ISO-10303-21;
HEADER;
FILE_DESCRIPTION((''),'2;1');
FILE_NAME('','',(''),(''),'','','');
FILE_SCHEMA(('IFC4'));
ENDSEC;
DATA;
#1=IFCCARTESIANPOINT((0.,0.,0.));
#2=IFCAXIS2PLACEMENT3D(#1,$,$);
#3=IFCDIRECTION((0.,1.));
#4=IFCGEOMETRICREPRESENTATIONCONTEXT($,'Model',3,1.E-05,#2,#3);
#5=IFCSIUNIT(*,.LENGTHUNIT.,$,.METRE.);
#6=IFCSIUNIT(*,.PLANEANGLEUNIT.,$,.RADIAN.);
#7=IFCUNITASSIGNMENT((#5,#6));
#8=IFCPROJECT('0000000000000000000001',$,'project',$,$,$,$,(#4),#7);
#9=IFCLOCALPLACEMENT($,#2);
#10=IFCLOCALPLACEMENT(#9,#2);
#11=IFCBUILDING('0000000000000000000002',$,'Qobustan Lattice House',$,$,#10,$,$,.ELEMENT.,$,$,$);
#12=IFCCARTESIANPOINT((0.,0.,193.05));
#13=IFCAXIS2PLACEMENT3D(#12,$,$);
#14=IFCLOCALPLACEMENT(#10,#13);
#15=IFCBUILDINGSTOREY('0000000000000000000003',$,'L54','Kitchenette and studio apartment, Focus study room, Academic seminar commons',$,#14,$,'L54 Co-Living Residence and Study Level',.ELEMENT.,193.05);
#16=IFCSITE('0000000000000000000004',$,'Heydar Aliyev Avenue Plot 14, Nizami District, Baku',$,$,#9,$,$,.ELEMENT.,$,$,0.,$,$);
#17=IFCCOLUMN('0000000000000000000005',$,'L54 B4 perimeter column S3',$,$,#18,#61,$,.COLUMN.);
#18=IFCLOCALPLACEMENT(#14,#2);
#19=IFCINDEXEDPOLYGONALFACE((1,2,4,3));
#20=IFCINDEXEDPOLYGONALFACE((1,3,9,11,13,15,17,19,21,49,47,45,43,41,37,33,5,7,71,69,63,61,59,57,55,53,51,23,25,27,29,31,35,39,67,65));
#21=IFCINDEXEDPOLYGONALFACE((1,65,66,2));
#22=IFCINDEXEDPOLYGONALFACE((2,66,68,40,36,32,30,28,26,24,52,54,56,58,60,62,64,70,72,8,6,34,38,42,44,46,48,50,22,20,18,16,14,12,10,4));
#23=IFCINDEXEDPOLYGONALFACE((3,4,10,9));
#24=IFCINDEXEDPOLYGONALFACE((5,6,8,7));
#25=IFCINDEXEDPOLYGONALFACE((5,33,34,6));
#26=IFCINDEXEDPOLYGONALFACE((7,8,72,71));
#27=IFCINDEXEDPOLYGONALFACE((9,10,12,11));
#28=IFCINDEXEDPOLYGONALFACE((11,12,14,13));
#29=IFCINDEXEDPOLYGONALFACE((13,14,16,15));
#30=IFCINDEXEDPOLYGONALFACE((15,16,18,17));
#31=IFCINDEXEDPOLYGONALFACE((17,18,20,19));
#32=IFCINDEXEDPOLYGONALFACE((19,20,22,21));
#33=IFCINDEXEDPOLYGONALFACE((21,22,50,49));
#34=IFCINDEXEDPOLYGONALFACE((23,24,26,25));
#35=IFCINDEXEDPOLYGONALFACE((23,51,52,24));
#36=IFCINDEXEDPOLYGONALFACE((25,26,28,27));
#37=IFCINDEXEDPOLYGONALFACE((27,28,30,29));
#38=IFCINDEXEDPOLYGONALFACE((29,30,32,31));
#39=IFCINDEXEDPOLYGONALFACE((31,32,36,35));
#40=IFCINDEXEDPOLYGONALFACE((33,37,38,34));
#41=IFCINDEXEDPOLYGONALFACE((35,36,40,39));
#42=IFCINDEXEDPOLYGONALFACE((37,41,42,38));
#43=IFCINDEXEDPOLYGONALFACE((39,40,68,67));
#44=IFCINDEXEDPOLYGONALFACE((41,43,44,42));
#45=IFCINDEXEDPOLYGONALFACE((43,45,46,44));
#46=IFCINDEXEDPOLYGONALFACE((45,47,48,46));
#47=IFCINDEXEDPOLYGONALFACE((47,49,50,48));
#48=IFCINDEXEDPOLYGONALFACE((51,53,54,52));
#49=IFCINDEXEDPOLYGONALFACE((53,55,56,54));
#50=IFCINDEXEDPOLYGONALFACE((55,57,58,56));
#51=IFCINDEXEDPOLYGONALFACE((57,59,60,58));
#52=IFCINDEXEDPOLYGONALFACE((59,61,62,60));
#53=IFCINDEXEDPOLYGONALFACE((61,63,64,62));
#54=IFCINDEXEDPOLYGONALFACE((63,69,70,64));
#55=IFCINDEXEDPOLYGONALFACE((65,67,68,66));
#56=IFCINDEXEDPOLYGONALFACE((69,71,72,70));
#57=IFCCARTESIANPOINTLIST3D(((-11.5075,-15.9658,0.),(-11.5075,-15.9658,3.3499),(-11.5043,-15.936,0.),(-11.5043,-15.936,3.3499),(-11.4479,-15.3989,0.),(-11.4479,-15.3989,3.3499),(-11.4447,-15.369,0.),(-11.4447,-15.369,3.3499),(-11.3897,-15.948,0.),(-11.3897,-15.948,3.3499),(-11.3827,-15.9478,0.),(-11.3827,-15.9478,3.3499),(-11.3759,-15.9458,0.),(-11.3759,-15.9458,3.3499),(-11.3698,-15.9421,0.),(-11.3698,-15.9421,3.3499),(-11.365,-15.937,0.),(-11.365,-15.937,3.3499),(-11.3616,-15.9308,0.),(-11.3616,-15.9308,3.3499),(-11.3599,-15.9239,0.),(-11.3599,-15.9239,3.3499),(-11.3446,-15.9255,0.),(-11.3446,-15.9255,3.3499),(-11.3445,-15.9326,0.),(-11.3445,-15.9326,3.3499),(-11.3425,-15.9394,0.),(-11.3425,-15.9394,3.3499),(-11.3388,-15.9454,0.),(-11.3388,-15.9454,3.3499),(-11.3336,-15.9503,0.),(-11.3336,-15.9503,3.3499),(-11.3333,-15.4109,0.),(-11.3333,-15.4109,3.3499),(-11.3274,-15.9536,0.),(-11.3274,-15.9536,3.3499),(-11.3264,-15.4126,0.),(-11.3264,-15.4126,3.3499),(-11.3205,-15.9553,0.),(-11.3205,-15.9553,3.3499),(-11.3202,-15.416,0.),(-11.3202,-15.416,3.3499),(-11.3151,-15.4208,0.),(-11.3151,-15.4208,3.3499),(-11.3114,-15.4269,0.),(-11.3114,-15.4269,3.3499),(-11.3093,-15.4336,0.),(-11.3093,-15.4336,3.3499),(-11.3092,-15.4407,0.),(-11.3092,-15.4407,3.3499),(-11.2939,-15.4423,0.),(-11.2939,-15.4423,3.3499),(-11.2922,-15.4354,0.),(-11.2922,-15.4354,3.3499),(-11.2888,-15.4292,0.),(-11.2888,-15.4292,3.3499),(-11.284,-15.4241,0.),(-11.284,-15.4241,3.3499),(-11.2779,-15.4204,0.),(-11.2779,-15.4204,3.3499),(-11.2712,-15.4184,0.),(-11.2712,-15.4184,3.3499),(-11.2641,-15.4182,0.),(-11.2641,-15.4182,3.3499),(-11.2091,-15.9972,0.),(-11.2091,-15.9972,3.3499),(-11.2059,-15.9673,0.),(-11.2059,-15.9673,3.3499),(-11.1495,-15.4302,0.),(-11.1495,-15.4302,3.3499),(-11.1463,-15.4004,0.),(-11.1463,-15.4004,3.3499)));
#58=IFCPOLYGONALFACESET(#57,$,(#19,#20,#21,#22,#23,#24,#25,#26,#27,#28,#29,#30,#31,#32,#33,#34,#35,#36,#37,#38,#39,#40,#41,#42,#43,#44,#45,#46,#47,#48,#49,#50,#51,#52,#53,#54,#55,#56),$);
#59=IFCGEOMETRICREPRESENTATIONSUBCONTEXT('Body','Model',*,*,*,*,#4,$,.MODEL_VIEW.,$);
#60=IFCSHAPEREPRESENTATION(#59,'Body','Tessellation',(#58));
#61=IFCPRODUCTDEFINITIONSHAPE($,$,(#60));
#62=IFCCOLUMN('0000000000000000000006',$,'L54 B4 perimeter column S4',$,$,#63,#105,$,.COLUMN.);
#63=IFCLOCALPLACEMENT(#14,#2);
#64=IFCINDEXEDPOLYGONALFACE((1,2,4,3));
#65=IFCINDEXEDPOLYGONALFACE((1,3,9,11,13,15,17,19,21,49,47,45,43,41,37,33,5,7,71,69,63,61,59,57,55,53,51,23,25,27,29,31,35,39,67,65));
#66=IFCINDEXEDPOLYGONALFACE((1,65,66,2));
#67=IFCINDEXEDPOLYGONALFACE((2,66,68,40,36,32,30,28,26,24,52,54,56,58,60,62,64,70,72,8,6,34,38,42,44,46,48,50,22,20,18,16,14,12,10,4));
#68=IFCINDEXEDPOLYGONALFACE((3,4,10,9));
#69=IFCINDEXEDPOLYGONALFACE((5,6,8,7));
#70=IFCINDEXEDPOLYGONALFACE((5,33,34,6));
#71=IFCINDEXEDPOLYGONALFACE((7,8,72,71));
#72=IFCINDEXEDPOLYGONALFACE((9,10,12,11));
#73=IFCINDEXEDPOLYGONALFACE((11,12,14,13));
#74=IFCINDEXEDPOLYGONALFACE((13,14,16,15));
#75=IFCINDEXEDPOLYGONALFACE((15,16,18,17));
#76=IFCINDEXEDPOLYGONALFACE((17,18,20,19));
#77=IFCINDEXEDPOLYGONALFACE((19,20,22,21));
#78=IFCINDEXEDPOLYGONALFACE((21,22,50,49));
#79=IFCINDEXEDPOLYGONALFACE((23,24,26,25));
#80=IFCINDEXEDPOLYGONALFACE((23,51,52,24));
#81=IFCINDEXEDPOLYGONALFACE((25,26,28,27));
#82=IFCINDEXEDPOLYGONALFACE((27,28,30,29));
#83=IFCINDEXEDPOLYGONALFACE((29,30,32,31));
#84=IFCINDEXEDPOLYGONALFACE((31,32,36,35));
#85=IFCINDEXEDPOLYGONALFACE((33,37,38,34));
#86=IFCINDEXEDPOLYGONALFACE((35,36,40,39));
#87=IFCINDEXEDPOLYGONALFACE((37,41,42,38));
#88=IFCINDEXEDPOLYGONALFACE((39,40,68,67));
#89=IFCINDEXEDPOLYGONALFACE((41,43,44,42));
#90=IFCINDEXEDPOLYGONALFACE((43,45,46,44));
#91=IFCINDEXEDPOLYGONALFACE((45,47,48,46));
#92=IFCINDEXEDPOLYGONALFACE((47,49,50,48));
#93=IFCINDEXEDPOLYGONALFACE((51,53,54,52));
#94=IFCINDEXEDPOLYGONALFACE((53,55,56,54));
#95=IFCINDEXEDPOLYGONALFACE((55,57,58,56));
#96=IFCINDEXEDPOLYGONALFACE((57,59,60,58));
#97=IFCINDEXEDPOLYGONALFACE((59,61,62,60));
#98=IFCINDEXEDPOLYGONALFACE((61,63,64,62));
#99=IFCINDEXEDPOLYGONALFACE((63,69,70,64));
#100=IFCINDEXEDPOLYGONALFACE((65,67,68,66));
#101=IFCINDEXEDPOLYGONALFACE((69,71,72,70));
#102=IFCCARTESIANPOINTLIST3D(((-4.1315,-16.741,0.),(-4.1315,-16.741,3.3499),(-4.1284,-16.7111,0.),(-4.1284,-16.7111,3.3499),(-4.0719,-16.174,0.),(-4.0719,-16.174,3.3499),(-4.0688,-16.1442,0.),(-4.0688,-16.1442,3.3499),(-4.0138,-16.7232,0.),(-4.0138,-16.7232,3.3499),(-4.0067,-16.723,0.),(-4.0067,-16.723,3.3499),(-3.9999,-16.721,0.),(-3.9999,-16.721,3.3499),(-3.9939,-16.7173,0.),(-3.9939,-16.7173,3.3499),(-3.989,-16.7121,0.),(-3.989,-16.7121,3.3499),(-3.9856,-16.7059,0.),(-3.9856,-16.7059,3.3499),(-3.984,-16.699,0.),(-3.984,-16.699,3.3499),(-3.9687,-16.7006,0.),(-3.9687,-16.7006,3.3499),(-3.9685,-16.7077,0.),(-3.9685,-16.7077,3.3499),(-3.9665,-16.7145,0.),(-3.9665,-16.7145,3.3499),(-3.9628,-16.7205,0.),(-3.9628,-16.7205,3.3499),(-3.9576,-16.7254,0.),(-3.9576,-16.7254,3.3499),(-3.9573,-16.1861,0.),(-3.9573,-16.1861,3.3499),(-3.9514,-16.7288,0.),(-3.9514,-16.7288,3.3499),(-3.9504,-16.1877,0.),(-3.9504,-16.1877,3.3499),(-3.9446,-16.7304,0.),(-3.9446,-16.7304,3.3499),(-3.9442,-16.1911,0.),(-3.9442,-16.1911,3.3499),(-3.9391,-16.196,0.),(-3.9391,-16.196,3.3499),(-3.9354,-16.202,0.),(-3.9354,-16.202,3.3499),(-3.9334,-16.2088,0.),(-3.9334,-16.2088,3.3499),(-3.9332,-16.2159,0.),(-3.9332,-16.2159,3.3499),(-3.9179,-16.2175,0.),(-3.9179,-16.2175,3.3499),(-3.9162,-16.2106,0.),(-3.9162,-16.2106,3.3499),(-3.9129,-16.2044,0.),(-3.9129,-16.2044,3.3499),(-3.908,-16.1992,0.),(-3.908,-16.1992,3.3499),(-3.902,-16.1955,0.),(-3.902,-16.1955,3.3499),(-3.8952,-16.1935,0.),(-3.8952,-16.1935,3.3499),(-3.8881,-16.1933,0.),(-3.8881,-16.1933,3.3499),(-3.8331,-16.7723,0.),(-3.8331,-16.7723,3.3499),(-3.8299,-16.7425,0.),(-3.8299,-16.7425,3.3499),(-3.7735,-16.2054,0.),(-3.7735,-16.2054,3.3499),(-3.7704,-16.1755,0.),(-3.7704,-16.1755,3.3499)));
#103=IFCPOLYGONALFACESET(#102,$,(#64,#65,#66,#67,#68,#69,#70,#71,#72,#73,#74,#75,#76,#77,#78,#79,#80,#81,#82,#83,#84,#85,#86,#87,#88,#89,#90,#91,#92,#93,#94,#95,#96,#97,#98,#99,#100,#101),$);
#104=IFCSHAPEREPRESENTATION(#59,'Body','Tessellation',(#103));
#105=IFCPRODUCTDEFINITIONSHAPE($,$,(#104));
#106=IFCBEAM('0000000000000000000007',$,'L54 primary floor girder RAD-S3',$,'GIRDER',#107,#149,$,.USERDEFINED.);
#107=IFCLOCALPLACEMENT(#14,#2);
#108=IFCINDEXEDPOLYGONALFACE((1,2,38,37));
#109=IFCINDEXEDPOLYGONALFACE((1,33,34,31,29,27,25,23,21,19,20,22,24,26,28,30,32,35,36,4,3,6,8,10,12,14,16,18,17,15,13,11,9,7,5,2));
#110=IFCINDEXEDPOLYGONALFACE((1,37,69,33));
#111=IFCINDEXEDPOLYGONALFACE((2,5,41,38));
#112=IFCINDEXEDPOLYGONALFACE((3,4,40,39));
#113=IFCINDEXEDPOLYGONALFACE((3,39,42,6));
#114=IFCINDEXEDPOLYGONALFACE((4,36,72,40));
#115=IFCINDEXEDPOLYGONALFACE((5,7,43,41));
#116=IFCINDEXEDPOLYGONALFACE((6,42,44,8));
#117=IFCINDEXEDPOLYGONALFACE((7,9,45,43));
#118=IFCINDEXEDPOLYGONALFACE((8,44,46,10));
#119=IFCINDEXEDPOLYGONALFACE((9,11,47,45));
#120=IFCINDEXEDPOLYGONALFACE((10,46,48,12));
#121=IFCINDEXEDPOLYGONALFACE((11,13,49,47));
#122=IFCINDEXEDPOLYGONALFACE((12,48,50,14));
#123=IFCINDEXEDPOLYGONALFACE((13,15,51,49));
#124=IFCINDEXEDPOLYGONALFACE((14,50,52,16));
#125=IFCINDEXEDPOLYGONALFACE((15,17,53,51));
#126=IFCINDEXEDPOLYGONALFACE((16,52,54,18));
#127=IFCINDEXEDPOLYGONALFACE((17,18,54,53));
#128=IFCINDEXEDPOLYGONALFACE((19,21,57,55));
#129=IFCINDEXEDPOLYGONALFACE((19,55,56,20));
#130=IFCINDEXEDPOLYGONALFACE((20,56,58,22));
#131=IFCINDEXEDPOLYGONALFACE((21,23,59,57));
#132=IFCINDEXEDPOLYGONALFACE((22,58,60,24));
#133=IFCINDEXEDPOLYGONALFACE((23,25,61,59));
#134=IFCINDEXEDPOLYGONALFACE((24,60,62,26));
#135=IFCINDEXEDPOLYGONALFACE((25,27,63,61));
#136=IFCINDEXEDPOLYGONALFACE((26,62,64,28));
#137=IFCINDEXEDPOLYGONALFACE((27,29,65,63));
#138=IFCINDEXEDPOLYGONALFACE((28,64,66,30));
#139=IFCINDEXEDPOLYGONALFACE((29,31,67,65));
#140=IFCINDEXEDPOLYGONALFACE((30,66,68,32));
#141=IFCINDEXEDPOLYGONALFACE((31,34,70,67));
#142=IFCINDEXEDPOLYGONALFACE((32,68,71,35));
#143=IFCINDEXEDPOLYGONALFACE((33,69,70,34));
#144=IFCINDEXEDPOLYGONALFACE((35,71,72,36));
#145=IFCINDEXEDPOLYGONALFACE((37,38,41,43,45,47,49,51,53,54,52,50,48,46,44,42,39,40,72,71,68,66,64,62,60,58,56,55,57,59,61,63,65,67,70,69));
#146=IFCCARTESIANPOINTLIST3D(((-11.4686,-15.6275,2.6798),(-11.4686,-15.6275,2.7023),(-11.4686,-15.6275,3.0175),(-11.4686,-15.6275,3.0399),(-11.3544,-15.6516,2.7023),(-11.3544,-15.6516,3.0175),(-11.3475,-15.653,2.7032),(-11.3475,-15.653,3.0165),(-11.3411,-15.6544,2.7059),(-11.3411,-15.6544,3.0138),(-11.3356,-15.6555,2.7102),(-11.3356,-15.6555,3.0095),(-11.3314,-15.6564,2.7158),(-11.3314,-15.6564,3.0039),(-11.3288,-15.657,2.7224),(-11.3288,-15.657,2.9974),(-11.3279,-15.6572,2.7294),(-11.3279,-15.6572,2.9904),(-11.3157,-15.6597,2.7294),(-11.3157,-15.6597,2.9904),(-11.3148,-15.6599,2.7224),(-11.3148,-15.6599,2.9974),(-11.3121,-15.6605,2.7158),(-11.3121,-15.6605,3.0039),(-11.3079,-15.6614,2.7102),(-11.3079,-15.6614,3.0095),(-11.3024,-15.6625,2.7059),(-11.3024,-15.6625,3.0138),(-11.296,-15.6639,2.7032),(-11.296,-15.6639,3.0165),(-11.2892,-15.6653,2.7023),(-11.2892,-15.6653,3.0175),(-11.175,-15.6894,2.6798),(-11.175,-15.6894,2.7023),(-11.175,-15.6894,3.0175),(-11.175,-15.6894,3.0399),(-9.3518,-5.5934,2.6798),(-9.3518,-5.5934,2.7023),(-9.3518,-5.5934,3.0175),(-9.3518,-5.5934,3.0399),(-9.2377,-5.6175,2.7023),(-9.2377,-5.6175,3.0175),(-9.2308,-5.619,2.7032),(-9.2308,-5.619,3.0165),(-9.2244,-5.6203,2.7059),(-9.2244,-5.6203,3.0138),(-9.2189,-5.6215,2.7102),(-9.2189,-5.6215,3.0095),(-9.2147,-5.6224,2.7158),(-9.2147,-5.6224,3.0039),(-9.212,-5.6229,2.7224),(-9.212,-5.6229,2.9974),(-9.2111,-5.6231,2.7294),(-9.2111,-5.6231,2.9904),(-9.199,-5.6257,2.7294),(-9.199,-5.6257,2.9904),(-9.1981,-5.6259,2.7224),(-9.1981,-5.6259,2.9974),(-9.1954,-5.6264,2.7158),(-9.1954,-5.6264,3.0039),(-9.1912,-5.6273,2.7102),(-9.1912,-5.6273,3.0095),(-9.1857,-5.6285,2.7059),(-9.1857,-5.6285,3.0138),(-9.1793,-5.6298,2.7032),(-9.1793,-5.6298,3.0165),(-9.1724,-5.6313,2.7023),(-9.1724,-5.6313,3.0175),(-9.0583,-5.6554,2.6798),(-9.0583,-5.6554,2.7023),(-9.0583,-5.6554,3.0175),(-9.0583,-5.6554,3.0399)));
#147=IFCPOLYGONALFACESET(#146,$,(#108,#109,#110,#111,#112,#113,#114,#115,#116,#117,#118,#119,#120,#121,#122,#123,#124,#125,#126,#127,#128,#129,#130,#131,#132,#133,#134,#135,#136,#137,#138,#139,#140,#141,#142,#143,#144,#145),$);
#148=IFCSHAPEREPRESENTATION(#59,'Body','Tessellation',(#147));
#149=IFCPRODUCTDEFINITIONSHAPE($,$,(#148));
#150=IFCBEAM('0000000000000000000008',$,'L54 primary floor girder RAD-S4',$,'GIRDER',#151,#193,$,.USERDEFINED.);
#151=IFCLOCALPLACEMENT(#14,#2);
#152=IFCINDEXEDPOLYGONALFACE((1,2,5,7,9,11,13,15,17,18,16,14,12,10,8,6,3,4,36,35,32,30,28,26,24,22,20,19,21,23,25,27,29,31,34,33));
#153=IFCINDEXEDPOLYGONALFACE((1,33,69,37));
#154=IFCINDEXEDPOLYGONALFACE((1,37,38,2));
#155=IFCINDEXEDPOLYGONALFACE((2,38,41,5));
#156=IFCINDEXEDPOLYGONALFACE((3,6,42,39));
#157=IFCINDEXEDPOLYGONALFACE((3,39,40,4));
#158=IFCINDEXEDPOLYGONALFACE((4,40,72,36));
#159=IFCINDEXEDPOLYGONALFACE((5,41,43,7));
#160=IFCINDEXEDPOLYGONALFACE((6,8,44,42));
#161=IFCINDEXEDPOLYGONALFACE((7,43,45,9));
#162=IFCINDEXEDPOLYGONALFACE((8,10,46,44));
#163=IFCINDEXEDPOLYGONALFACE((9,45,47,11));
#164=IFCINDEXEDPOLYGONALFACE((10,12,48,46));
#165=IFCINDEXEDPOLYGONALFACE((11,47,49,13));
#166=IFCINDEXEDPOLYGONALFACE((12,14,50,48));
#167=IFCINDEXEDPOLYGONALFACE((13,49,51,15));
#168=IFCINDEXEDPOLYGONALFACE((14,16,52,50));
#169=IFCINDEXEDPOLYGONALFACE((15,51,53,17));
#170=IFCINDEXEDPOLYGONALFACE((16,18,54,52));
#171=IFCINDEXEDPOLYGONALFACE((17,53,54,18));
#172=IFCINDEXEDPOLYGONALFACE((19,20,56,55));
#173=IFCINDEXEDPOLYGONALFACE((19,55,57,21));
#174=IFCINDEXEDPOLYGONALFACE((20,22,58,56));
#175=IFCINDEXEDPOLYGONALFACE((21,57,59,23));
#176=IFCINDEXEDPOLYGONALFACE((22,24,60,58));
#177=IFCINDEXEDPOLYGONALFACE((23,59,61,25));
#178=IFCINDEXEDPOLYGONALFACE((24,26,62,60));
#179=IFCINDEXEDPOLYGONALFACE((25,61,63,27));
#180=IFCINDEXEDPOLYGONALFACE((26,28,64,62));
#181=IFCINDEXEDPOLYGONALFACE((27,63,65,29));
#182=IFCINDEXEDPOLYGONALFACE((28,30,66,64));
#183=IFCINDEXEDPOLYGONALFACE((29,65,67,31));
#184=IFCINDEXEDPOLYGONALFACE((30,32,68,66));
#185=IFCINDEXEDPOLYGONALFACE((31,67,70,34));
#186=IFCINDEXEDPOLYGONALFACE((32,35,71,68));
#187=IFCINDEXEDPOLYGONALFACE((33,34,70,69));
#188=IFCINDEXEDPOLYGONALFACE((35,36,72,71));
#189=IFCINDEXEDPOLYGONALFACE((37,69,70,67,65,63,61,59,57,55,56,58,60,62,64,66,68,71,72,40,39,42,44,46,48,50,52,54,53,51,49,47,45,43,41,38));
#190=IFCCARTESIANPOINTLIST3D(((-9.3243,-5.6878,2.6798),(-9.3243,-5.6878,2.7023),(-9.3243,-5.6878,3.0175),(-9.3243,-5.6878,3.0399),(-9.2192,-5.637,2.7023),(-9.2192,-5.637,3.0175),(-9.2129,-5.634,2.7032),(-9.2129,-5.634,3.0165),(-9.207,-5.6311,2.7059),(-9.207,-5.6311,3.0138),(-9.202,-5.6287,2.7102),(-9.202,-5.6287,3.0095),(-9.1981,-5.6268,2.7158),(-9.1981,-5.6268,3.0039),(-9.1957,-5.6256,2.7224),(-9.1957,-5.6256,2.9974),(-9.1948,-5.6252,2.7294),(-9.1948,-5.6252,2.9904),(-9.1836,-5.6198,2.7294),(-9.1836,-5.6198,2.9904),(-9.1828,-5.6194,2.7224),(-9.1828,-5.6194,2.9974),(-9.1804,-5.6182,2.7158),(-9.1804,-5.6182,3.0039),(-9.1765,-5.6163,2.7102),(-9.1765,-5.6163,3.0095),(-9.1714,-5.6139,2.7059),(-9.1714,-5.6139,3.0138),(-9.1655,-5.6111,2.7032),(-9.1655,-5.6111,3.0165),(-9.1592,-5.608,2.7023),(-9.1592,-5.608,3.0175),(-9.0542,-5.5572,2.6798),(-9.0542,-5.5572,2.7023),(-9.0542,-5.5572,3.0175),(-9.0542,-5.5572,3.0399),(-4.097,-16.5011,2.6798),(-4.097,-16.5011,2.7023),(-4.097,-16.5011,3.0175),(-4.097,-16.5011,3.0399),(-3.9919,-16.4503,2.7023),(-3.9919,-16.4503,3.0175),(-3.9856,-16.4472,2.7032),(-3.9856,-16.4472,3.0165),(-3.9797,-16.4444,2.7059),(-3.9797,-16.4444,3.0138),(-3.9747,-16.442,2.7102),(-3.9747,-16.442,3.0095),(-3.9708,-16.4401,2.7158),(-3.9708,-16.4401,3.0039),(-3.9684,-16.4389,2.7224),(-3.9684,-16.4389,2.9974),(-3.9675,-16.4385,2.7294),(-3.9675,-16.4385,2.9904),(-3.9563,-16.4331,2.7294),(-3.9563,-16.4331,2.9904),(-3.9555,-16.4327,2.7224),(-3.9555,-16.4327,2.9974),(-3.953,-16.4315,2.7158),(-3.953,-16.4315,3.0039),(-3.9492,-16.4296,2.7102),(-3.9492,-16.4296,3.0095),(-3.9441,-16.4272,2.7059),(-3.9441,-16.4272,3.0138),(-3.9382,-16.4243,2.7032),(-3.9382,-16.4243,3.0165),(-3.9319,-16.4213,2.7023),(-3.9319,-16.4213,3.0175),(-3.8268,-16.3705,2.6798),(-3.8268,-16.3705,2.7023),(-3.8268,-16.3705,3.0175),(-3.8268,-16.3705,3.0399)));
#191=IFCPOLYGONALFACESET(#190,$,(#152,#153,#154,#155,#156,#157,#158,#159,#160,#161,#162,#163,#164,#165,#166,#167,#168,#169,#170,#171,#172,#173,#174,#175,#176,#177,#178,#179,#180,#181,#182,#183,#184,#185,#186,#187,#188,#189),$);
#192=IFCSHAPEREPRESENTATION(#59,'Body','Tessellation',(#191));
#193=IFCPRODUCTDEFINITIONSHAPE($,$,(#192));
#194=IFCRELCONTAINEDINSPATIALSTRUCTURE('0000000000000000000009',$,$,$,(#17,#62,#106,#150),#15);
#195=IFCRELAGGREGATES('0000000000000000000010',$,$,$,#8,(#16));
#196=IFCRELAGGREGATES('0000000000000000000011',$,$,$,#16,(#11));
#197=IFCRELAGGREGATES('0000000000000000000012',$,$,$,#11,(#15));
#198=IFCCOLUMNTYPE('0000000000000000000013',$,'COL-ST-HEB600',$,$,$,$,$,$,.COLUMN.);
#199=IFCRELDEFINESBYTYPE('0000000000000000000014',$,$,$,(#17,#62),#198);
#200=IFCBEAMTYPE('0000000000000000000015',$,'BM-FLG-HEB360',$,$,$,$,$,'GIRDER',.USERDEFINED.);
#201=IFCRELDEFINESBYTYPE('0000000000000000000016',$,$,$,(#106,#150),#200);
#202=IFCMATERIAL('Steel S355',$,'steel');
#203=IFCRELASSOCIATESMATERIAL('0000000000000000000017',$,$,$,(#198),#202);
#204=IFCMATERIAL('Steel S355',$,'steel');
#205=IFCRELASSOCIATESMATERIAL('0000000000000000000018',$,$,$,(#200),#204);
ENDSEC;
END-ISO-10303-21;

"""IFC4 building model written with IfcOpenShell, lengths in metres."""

from ifc_helpers import new_model, si_unit, direction, frame, origin, origin_2d, place, context, subcontext, project, spatial, i_section, extrude, material, material_profile, profile_set, type_object, element, save


model = new_model("IFC4")

# Units and contexts
model_context = context("Model", 3, precision=1e-05, world=origin(), true_north=direction((0.0, 1.0)))
body_context = subcontext(model_context, "Body", "Model", "MODEL_VIEW")
ifc_project = project(units=[si_unit("LENGTHUNIT", "METRE"), si_unit("PLANEANGLEUNIT", "RADIAN")], contexts=[model_context])

# Site, building, storey
site_placement = place(None, origin())
site = spatial("IfcSite", under=ifc_project, at=site_placement, Name="Heydar Aliyev Avenue Plot 14, Nizami District, Baku", CompositionType="ELEMENT", RefElevation=0.0)
building_placement = place(site_placement, origin())
building = spatial("IfcBuilding", under=site, at=building_placement, Name="Qobustan Lattice House", CompositionType="ELEMENT")
storey_placement = place(building_placement, frame((0.0, 0.0, 193.05)))
storey = spatial("IfcBuildingStorey", under=building, at=storey_placement, Name="L54", Description="Kitchenette and studio apartment, Focus study room, Academic seminar commons", LongName="L54 Co-Living Residence and Study Level", CompositionType="ELEMENT", Elevation=193.05)

# Columns
ifc_material_1 = material(Name="Steel S355", Category="steel")
ifc_material_profile_1 = material_profile(ifc_material_1, i_section(OverallWidth=0.3, OverallDepth=0.6001, WebThickness=0.0154, FlangeThickness=0.03, FilletRadius=0.0271, at=origin_2d()), Name="HEB600")
ifc_profile_set_1 = profile_set([ifc_material_profile_1], Name="Steel S355")
column_type = type_object("IfcColumnType", Name="COL-ST-HEB600", PredefinedType="COLUMN", material=ifc_profile_set_1)
for number, where, z_axis, x_axis, name in (
    (1, (-11.3269, -15.6831, 0.0), (0.0, 0.0, 1.0), (0.994522, -0.104528, 0.0), "L54 B4 perimeter column S3"),
    (2, (-3.9509, -16.4583, 0.0), (0.0, 0.0, 1.0), (0.994522, -0.104528, 0.0), "L54 B4 perimeter column S4"),
):
    element("IfcColumn", number, at=place(storey_placement, frame(where, z_axis=z_axis, x_axis=x_axis)), inside=storey, type_object=column_type, Name=name, PredefinedType="COLUMN", context=body_context, shape_type="SweptSolid", body=[
        extrude(i_section(OverallWidth=0.3, OverallDepth=0.6001, WebThickness=0.0154, FlangeThickness=0.03, FilletRadius=0.0271, at=origin_2d()), origin(), (0.0, 0.0, 1.0), 3.3499),
    ])

# Beams
ifc_material_2 = material(Name="Steel S355", Category="steel")
ifc_material_profile_2 = material_profile(ifc_material_2, i_section(OverallWidth=0.3, OverallDepth=0.3601, WebThickness=0.0125, FlangeThickness=0.0225, FilletRadius=0.0271, at=origin_2d()), Name="HEB360")
ifc_profile_set_2 = profile_set([ifc_material_profile_2], Name="Steel S355")
beam_type_1 = type_object("IfcBeamType", Name="BM-FLG-HEB360", ElementType="GIRDER", PredefinedType="USERDEFINED", material=ifc_profile_set_2)
beam_1_placement = place(storey_placement, frame((-11.3218, -15.6584, 2.8599), z_axis=(0.206411, 0.978465, 0.0), x_axis=(-0.978465, 0.206411, 0.0)))
element("IfcBeam", 3, at=beam_1_placement, inside=storey, type_object=beam_type_1, Name="L54 primary floor girder RAD-S3", ObjectType="GIRDER", PredefinedType="USERDEFINED", context=body_context, shape_type="SweptSolid", body=[
    extrude(i_section(OverallWidth=0.3, OverallDepth=0.3601, WebThickness=0.0125, FlangeThickness=0.0225, FilletRadius=0.0271, at=origin_2d()), origin(), (0.0, 0.0, 1.0), 10.2549),
])
beam_2_placement = place(storey_placement, frame((-3.9619, -16.4358, 2.8599), z_axis=(-0.435229, 0.90032, 0.0), x_axis=(-0.90032, -0.435229, 0.0)))
element("IfcBeam", 4, at=beam_2_placement, inside=storey, type_object=beam_type_1, Name="L54 primary floor girder RAD-S4", ObjectType="GIRDER", PredefinedType="USERDEFINED", context=body_context, shape_type="SweptSolid", body=[
    extrude(i_section(OverallWidth=0.3, OverallDepth=0.3601, WebThickness=0.0125, FlangeThickness=0.0225, FilletRadius=0.0271, at=origin_2d()), origin(), (0.0, 0.0, 1.0), 12.0105),
])

save(model, "model.ifc")
